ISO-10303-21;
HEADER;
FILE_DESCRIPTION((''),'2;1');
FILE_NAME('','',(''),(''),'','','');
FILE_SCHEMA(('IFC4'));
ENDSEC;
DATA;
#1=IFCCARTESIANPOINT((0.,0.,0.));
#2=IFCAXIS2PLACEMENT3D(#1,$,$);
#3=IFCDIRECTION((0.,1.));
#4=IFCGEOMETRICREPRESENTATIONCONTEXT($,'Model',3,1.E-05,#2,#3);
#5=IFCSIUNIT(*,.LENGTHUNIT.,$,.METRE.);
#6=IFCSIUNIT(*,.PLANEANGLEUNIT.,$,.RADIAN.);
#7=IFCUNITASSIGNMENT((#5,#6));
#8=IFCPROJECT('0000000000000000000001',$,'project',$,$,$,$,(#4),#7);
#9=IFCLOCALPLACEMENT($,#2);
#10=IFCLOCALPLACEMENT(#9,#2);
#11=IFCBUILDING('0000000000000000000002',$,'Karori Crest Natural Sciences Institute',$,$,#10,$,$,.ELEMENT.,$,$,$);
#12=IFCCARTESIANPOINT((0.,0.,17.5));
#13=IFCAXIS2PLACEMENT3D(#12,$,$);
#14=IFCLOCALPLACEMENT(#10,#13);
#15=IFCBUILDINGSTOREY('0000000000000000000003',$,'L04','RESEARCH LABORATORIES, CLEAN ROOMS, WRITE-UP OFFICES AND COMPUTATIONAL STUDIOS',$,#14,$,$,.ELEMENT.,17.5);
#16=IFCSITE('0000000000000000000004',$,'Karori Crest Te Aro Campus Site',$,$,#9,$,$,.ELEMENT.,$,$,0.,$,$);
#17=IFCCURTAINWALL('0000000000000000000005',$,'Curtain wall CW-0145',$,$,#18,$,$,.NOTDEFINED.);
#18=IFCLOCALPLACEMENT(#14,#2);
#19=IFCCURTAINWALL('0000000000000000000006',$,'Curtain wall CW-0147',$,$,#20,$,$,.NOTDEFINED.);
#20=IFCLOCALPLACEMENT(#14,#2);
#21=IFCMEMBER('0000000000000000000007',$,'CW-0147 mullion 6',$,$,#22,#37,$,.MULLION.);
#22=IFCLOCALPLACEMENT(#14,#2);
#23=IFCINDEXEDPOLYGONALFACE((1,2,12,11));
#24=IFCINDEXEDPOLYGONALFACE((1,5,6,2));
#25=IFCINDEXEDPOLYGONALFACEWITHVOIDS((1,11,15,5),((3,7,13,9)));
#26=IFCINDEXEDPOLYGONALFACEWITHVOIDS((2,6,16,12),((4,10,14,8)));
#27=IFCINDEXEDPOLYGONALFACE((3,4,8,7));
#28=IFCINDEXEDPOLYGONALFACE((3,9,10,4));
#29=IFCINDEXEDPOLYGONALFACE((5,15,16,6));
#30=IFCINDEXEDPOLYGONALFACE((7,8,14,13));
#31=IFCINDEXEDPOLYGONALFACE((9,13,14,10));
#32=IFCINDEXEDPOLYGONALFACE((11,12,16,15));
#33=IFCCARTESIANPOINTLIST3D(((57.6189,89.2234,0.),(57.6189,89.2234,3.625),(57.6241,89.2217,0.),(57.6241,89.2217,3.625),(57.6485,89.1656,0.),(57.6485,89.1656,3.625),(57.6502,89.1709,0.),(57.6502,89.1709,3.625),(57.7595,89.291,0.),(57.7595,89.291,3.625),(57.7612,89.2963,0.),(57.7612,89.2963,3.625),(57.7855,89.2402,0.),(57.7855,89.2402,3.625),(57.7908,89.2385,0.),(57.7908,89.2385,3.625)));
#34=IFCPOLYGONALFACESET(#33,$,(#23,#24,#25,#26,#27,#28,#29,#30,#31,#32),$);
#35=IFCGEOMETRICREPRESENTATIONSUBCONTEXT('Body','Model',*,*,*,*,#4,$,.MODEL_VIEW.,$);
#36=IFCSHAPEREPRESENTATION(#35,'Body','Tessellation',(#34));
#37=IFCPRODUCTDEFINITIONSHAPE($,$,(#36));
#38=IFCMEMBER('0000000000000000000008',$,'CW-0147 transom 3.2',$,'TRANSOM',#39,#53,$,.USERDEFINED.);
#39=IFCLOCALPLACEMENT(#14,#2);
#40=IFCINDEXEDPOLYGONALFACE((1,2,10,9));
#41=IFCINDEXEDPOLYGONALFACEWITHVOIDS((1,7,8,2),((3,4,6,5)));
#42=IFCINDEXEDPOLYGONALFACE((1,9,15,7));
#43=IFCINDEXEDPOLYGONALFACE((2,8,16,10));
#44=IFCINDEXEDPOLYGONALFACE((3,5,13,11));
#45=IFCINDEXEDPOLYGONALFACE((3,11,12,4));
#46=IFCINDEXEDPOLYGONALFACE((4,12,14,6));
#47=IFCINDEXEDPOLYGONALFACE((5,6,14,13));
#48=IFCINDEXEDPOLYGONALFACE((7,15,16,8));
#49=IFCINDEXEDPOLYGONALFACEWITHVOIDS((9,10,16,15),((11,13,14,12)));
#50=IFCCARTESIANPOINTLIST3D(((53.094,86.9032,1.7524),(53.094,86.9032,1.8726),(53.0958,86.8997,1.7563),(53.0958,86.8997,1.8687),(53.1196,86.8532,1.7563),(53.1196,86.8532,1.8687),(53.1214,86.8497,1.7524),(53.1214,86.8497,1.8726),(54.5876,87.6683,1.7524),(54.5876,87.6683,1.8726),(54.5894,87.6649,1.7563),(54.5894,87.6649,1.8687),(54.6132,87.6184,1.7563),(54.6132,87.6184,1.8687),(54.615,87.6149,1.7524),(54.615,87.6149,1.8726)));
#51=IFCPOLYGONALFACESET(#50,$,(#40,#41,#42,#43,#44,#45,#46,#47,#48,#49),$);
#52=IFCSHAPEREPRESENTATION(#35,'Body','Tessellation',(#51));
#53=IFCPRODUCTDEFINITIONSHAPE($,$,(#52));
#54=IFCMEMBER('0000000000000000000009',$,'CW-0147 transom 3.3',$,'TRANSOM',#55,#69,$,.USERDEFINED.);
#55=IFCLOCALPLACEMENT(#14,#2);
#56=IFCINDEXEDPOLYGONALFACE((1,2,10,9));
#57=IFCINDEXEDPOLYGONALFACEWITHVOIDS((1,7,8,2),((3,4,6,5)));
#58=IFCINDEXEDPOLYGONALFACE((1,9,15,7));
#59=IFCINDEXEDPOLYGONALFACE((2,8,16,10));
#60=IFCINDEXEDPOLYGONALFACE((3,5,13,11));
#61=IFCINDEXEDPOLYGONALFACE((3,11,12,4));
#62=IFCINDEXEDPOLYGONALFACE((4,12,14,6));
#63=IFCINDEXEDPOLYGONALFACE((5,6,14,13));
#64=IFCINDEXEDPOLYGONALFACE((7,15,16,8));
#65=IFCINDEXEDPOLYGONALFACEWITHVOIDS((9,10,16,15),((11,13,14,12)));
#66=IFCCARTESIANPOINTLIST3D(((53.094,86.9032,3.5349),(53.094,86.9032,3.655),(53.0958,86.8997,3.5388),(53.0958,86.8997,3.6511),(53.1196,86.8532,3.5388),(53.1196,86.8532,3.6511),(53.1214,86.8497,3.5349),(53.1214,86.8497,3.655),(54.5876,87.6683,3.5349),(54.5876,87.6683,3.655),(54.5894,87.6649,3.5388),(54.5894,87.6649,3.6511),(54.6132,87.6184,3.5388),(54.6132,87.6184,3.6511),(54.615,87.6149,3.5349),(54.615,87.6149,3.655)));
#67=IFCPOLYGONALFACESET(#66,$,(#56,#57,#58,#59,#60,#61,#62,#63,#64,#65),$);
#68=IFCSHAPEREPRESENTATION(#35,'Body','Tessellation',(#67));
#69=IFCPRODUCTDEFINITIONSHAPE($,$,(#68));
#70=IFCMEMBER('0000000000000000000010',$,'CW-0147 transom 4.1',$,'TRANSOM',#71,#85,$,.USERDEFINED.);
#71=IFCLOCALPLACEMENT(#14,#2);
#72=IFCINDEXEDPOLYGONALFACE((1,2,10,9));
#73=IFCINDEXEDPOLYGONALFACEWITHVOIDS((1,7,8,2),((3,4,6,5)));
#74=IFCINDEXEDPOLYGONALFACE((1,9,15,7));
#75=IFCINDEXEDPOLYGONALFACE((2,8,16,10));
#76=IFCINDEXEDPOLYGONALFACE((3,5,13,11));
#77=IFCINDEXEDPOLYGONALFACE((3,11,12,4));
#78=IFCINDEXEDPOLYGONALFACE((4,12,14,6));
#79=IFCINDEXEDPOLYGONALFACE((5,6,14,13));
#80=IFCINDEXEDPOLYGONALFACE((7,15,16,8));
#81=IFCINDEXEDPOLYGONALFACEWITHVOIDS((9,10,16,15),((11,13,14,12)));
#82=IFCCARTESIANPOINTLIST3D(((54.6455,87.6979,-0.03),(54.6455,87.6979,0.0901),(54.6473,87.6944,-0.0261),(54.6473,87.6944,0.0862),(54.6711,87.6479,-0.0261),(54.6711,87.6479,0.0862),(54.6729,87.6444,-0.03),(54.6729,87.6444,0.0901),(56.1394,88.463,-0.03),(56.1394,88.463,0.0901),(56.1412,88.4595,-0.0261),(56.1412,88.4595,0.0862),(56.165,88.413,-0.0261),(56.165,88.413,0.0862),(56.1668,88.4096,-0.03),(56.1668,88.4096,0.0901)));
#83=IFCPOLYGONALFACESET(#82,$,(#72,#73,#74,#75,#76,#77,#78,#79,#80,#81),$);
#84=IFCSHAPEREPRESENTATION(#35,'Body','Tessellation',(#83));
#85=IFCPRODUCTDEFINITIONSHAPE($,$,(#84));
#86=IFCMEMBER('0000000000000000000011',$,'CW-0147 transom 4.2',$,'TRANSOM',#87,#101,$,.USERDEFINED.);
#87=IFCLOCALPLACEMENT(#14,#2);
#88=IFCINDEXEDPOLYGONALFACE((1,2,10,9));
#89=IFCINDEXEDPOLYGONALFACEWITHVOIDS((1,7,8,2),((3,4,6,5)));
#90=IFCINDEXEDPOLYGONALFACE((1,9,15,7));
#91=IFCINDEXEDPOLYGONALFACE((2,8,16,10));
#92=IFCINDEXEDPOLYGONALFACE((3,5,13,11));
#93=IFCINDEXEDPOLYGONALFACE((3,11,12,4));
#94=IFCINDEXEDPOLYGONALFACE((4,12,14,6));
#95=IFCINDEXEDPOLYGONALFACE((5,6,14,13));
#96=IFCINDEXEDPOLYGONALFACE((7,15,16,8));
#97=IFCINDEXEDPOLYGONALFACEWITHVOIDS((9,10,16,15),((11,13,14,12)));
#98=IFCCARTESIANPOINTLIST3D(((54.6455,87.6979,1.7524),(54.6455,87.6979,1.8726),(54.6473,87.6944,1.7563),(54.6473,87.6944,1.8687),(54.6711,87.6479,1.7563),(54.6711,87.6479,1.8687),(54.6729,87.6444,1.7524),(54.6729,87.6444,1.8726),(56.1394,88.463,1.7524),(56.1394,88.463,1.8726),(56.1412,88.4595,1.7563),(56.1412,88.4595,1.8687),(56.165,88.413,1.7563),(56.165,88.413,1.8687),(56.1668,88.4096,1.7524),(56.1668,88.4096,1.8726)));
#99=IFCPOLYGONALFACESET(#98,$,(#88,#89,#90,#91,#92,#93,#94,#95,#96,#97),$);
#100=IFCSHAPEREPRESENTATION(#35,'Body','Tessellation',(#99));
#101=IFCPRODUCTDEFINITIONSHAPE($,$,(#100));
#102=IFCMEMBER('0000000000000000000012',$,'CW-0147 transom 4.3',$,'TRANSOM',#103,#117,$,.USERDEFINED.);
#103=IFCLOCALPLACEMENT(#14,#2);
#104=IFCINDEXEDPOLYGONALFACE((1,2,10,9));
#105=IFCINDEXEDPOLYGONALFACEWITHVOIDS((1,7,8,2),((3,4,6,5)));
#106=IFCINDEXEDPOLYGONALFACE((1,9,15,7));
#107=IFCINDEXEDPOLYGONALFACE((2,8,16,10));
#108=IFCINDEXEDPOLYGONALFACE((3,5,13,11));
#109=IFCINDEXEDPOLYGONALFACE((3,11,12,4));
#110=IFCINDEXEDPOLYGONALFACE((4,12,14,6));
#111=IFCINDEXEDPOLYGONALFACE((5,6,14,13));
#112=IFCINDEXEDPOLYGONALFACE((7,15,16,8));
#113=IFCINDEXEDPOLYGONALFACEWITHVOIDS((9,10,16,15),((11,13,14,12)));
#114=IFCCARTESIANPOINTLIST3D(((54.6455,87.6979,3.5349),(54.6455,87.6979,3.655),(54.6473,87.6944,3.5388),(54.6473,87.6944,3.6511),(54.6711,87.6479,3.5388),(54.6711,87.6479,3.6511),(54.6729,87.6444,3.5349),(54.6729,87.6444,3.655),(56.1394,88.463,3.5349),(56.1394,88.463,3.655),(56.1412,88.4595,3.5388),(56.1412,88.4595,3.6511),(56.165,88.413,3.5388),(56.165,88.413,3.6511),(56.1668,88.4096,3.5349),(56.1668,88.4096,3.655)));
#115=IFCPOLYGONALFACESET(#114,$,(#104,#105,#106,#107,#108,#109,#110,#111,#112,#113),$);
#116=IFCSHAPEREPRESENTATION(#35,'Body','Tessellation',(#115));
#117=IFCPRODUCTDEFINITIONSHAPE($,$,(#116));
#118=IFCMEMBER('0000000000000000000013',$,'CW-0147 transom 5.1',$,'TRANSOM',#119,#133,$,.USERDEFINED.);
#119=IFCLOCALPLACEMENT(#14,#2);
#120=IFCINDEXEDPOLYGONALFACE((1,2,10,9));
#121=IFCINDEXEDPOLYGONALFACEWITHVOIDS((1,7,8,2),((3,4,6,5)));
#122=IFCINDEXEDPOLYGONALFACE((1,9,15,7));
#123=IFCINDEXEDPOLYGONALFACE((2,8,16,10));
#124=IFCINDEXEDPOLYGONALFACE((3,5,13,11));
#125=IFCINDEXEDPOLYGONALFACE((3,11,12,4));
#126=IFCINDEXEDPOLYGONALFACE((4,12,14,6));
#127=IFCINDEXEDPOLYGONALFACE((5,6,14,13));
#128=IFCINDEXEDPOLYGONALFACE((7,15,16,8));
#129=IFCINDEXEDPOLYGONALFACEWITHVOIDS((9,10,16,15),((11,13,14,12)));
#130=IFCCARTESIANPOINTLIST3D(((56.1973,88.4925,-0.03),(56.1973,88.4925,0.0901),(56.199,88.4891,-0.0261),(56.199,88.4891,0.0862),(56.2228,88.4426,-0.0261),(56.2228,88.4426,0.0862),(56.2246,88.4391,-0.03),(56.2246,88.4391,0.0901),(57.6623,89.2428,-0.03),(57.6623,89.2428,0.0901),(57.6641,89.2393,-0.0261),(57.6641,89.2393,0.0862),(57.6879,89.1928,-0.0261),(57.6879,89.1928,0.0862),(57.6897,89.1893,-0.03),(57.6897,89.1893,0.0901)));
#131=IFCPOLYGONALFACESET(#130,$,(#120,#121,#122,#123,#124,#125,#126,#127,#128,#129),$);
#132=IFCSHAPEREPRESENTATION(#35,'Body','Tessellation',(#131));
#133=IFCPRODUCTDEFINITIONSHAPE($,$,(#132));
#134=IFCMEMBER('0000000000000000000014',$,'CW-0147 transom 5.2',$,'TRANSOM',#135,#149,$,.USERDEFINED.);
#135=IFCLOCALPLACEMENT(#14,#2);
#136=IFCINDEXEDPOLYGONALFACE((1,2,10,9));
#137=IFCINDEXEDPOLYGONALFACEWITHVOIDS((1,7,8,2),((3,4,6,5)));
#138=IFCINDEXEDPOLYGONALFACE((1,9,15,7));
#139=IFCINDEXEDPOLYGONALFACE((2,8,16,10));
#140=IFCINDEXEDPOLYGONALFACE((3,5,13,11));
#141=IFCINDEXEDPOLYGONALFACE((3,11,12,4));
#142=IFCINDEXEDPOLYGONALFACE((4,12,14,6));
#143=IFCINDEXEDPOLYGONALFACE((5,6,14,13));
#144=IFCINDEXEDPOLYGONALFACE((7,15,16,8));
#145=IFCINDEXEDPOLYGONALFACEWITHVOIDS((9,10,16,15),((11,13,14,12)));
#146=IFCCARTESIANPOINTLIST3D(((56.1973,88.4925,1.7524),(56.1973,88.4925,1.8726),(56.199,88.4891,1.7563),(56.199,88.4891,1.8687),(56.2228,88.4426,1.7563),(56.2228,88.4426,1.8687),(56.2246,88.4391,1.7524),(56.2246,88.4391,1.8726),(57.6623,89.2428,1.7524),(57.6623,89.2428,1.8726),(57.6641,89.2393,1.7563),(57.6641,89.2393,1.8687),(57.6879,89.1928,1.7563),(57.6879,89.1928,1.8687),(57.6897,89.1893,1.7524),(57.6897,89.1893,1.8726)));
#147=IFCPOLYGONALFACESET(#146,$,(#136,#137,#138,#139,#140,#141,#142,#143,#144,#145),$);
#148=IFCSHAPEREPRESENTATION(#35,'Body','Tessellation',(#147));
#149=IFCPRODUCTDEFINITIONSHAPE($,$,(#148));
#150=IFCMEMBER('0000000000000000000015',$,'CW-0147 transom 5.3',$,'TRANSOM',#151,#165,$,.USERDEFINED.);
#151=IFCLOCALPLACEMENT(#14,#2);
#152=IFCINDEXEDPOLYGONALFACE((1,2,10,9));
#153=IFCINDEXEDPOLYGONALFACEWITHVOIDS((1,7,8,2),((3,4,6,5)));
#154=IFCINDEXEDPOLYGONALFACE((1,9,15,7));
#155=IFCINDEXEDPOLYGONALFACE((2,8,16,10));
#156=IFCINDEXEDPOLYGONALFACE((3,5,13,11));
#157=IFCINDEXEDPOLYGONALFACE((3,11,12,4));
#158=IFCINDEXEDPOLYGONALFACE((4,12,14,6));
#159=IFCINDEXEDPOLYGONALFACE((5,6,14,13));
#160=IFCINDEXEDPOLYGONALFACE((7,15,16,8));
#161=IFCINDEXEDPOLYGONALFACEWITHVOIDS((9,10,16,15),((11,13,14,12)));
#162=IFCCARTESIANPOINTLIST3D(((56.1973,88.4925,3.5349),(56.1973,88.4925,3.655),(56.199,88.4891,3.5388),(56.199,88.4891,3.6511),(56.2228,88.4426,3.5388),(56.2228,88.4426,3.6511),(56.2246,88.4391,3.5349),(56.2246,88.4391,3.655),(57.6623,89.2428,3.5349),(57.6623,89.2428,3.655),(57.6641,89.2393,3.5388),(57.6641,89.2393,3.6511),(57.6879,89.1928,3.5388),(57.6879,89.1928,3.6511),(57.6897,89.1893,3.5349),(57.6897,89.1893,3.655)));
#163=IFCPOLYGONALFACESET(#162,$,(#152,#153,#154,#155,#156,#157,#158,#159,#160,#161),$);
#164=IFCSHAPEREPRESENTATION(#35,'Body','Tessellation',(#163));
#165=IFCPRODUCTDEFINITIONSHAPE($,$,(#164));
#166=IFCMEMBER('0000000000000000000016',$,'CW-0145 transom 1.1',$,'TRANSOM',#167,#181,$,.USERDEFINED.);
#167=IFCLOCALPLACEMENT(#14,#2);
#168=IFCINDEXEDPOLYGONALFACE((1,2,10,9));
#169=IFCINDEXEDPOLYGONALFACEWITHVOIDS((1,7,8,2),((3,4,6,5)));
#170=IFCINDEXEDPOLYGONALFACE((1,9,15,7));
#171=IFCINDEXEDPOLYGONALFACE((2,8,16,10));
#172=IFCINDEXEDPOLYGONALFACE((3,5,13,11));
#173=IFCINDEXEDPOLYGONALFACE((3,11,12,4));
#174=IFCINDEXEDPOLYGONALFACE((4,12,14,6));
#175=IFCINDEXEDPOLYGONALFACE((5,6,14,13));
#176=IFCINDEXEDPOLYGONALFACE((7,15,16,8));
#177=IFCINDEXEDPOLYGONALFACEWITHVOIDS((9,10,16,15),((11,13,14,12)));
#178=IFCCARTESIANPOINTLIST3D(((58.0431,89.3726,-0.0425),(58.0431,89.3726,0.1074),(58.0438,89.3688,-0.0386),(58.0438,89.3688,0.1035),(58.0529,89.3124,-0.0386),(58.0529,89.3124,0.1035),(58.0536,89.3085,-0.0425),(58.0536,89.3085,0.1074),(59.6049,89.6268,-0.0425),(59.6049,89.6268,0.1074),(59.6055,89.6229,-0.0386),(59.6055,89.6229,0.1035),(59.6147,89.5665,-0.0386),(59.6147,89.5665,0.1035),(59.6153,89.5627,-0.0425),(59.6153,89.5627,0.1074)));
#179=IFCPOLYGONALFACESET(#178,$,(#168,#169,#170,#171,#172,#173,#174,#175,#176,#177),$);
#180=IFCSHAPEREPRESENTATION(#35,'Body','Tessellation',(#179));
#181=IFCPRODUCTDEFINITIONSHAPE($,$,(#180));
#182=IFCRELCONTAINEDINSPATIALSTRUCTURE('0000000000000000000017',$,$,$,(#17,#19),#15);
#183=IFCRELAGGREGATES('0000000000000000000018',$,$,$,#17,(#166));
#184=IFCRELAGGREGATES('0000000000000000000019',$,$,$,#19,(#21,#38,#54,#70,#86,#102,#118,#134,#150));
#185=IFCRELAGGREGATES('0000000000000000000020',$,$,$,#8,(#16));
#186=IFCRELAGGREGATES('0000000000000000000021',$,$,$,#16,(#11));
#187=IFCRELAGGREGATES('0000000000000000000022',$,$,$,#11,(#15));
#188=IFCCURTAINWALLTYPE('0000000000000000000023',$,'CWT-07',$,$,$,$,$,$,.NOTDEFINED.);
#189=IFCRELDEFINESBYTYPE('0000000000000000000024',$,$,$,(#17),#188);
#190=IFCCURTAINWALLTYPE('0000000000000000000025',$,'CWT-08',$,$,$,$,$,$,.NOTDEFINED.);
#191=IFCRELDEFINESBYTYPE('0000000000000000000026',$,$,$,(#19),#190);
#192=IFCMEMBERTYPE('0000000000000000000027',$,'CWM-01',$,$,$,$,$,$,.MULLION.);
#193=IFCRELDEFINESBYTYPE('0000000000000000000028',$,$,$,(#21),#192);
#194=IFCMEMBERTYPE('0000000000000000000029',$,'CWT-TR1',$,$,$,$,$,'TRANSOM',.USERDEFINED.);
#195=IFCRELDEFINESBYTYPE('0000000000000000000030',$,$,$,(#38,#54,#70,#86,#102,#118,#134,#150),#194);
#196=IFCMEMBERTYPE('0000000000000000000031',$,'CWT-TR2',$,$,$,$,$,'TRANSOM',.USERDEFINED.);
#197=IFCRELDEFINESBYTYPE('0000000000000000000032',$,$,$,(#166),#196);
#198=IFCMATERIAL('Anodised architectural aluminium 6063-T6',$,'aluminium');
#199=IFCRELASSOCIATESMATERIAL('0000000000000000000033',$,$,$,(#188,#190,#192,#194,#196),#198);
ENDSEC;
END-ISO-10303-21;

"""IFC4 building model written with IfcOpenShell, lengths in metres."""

from ifc_helpers import new_model, si_unit, direction, frame, origin, origin_2d, place, context, subcontext, project, spatial, hollow_rectangle, extrude, material, material_profile, profile_set, type_object, element, aggregate, save


model = new_model("IFC4")

# Units and contexts
model_context = context("Model", 3, precision=1e-05, world=origin(), true_north=direction((0.0, 1.0)))
body_context = subcontext(model_context, "Body", "Model", "MODEL_VIEW")
ifc_project = project(units=[si_unit("LENGTHUNIT", "METRE"), si_unit("PLANEANGLEUNIT", "RADIAN")], contexts=[model_context])

# Site, building, storey
site_placement = place(None, origin())
site = spatial("IfcSite", under=ifc_project, at=site_placement, Name="Karori Crest Te Aro Campus Site", CompositionType="ELEMENT", RefElevation=0.0)
building_placement = place(site_placement, origin())
building = spatial("IfcBuilding", under=site, at=building_placement, Name="Karori Crest Natural Sciences Institute", CompositionType="ELEMENT")
storey_placement = place(building_placement, frame((0.0, 0.0, 17.5)))
storey = spatial("IfcBuildingStorey", under=building, at=storey_placement, Name="L04", Description="RESEARCH LABORATORIES, CLEAN ROOMS, WRITE-UP OFFICES AND COMPUTATIONAL STUDIOS", CompositionType="ELEMENT", Elevation=17.5)

# Curtain walls, members
ifc_material_1 = material(Name="Anodised architectural aluminium 6063-T6", Category="aluminium")
curtain_wall_type_1 = type_object("IfcCurtainWallType", Name="CWT-07", PredefinedType="NOTDEFINED", material=ifc_material_1)
curtain_wall_1_placement = place(storey_placement, origin())
curtain_wall_1 = element("IfcCurtainWall", 1, at=curtain_wall_1_placement, inside=storey, type_object=curtain_wall_type_1, Name="Curtain wall CW-0145", PredefinedType="NOTDEFINED")
ifc_material_profile_1 = material_profile(ifc_material_1, hollow_rectangle(XDim=0.0649, YDim=0.1599, WallThickness=0.0039, at=origin_2d()), Name="CWM160x65x4")
ifc_profile_set_1 = profile_set([ifc_material_profile_1], Name="Anodised architectural aluminium 6063-T6")
member_type_1 = type_object("IfcMemberType", Name="CWM-01", PredefinedType="MULLION", material=ifc_profile_set_1)
curtain_wall_type_2 = type_object("IfcCurtainWallType", Name="CWT-08", PredefinedType="NOTDEFINED", material=ifc_material_1)
curtain_wall_2_placement = place(storey_placement, origin())
curtain_wall_2 = element("IfcCurtainWall", 2, at=curtain_wall_2_placement, inside=storey, type_object=curtain_wall_type_2, Name="Curtain wall CW-0147", PredefinedType="NOTDEFINED")
member_1_placement = place(storey_placement, frame((57.7048, 89.231, 0.0), z_axis=(0.0, 0.0, 1.0), x_axis=(-0.455829, 0.890067, 0.0)))
member_1 = element("IfcMember", 3, at=member_1_placement, type_object=member_type_1, Name="CW-0147 mullion 6", PredefinedType="MULLION", context=body_context, shape_type="SweptSolid", body=[
    extrude(hollow_rectangle(XDim=0.0649, YDim=0.1599, WallThickness=0.0039, at=origin_2d()), origin(), (0.0, 0.0, 1.0), 3.625),
])
ifc_material_profile_2 = material_profile(ifc_material_1, hollow_rectangle(XDim=0.0601, YDim=0.1201, WallThickness=0.0039, at=origin_2d()), Name="CWT120x60x4")
ifc_profile_set_2 = profile_set([ifc_material_profile_2], Name="Anodised architectural aluminium 6063-T6")
member_type_2 = type_object("IfcMemberType", Name="CWT-TR1", ElementType="TRANSOM", PredefinedType="USERDEFINED", material=ifc_profile_set_2)
member_2_placement = place(storey_placement, frame((53.1077, 86.8765, 1.8125), z_axis=(0.89002, 0.455921, 0.0), x_axis=(-0.455921, 0.89002, 0.0)))
member_2 = element("IfcMember", 4, at=member_2_placement, type_object=member_type_2, Name="CW-0147 transom 3.2", ObjectType="TRANSOM", PredefinedType="USERDEFINED", context=body_context, shape_type="SweptSolid", body=[
    extrude(hollow_rectangle(XDim=0.0601, YDim=0.1201, WallThickness=0.0039, at=origin_2d()), origin(), (0.0, 0.0, 1.0), 1.6782),
])
member_3_placement = place(storey_placement, frame((53.1077, 86.8765, 3.595), z_axis=(0.89002, 0.455921, 0.0), x_axis=(-0.455921, 0.89002, 0.0)))
member_3 = element("IfcMember", 5, at=member_3_placement, type_object=member_type_2, Name="CW-0147 transom 3.3", ObjectType="TRANSOM", PredefinedType="USERDEFINED", context=body_context, shape_type="SweptSolid", body=[
    extrude(hollow_rectangle(XDim=0.0601, YDim=0.1201, WallThickness=0.0039, at=origin_2d()), origin(), (0.0, 0.0, 1.0), 1.6782),
])
member_4_placement = place(storey_placement, frame((54.6592, 87.6711, 0.03), z_axis=(0.890051, 0.455862, 0.0), x_axis=(-0.455862, 0.890051, 0.0)))
member_4 = element("IfcMember", 6, at=member_4_placement, type_object=member_type_2, Name="CW-0147 transom 4.1", ObjectType="TRANSOM", PredefinedType="USERDEFINED", context=body_context, shape_type="SweptSolid", body=[
    extrude(hollow_rectangle(XDim=0.0601, YDim=0.1201, WallThickness=0.0039, at=origin_2d()), origin(), (0.0, 0.0, 1.0), 1.6785),
])
member_5_placement = place(storey_placement, frame((54.6592, 87.6711, 1.8125), z_axis=(0.890051, 0.455862, 0.0), x_axis=(-0.455862, 0.890051, 0.0)))
member_5 = element("IfcMember", 7, at=member_5_placement, type_object=member_type_2, Name="CW-0147 transom 4.2", ObjectType="TRANSOM", PredefinedType="USERDEFINED", context=body_context, shape_type="SweptSolid", body=[
    extrude(hollow_rectangle(XDim=0.0601, YDim=0.1201, WallThickness=0.0039, at=origin_2d()), origin(), (0.0, 0.0, 1.0), 1.6785),
])
member_6_placement = place(storey_placement, frame((54.6592, 87.6711, 3.595), z_axis=(0.890051, 0.455862, 0.0), x_axis=(-0.455862, 0.890051, 0.0)))
member_6 = element("IfcMember", 8, at=member_6_placement, type_object=member_type_2, Name="CW-0147 transom 4.3", ObjectType="TRANSOM", PredefinedType="USERDEFINED", context=body_context, shape_type="SweptSolid", body=[
    extrude(hollow_rectangle(XDim=0.0601, YDim=0.1201, WallThickness=0.0039, at=origin_2d()), origin(), (0.0, 0.0, 1.0), 1.6785),
])
member_7_placement = place(storey_placement, frame((56.2109, 88.4658, 0.03), z_axis=(0.890084, 0.455796, 0.0), x_axis=(-0.455796, 0.890084, 0.0)))
member_7 = element("IfcMember", 9, at=member_7_placement, type_object=member_type_2, Name="CW-0147 transom 5.1", ObjectType="TRANSOM", PredefinedType="USERDEFINED", context=body_context, shape_type="SweptSolid", body=[
    extrude(hollow_rectangle(XDim=0.0601, YDim=0.1201, WallThickness=0.0039, at=origin_2d()), origin(), (0.0, 0.0, 1.0), 1.646),
])
member_8_placement = place(storey_placement, frame((56.2109, 88.4658, 1.8125), z_axis=(0.890084, 0.455796, 0.0), x_axis=(-0.455796, 0.890084, 0.0)))
member_8 = element("IfcMember", 10, at=member_8_placement, type_object=member_type_2, Name="CW-0147 transom 5.2", ObjectType="TRANSOM", PredefinedType="USERDEFINED", context=body_context, shape_type="SweptSolid", body=[
    extrude(hollow_rectangle(XDim=0.0601, YDim=0.1201, WallThickness=0.0039, at=origin_2d()), origin(), (0.0, 0.0, 1.0), 1.646),
])
member_9_placement = place(storey_placement, frame((56.2109, 88.4658, 3.595), z_axis=(0.890084, 0.455796, 0.0), x_axis=(-0.455796, 0.890084, 0.0)))
member_9 = element("IfcMember", 11, at=member_9_placement, type_object=member_type_2, Name="CW-0147 transom 5.3", ObjectType="TRANSOM", PredefinedType="USERDEFINED", context=body_context, shape_type="SweptSolid", body=[
    extrude(hollow_rectangle(XDim=0.0601, YDim=0.1201, WallThickness=0.0039, at=origin_2d()), origin(), (0.0, 0.0, 1.0), 1.646),
])

# Member
ifc_material_profile_3 = material_profile(ifc_material_1, hollow_rectangle(XDim=0.0649, YDim=0.1499, WallThickness=0.0039, at=origin_2d()), Name="CWT150x65x4")
ifc_profile_set_3 = profile_set([ifc_material_profile_3], Name="Anodised architectural aluminium 6063-T6")
member_type_3 = type_object("IfcMemberType", Name="CWT-TR2", ElementType="TRANSOM", PredefinedType="USERDEFINED", material=ifc_profile_set_3)
member_10_placement = place(storey_placement, frame((58.0483, 89.3406, 0.0325), z_axis=(0.987016, 0.16062, 0.0), x_axis=(-0.16062, 0.987016, 0.0)))
member_10 = element("IfcMember", 12, at=member_10_placement, type_object=member_type_3, Name="CW-0145 transom 1.1", ObjectType="TRANSOM", PredefinedType="USERDEFINED", context=body_context, shape_type="SweptSolid", body=[
    extrude(hollow_rectangle(XDim=0.0649, YDim=0.1499, WallThickness=0.0039, at=origin_2d()), origin(), (0.0, 0.0, 1.0), 1.5823),
])

aggregate(curtain_wall_1, [member_10])
aggregate(curtain_wall_2, [member_1, member_2, member_3, member_4, member_5, member_6, member_7, member_8, member_9])

save(model, "model.ifc")
